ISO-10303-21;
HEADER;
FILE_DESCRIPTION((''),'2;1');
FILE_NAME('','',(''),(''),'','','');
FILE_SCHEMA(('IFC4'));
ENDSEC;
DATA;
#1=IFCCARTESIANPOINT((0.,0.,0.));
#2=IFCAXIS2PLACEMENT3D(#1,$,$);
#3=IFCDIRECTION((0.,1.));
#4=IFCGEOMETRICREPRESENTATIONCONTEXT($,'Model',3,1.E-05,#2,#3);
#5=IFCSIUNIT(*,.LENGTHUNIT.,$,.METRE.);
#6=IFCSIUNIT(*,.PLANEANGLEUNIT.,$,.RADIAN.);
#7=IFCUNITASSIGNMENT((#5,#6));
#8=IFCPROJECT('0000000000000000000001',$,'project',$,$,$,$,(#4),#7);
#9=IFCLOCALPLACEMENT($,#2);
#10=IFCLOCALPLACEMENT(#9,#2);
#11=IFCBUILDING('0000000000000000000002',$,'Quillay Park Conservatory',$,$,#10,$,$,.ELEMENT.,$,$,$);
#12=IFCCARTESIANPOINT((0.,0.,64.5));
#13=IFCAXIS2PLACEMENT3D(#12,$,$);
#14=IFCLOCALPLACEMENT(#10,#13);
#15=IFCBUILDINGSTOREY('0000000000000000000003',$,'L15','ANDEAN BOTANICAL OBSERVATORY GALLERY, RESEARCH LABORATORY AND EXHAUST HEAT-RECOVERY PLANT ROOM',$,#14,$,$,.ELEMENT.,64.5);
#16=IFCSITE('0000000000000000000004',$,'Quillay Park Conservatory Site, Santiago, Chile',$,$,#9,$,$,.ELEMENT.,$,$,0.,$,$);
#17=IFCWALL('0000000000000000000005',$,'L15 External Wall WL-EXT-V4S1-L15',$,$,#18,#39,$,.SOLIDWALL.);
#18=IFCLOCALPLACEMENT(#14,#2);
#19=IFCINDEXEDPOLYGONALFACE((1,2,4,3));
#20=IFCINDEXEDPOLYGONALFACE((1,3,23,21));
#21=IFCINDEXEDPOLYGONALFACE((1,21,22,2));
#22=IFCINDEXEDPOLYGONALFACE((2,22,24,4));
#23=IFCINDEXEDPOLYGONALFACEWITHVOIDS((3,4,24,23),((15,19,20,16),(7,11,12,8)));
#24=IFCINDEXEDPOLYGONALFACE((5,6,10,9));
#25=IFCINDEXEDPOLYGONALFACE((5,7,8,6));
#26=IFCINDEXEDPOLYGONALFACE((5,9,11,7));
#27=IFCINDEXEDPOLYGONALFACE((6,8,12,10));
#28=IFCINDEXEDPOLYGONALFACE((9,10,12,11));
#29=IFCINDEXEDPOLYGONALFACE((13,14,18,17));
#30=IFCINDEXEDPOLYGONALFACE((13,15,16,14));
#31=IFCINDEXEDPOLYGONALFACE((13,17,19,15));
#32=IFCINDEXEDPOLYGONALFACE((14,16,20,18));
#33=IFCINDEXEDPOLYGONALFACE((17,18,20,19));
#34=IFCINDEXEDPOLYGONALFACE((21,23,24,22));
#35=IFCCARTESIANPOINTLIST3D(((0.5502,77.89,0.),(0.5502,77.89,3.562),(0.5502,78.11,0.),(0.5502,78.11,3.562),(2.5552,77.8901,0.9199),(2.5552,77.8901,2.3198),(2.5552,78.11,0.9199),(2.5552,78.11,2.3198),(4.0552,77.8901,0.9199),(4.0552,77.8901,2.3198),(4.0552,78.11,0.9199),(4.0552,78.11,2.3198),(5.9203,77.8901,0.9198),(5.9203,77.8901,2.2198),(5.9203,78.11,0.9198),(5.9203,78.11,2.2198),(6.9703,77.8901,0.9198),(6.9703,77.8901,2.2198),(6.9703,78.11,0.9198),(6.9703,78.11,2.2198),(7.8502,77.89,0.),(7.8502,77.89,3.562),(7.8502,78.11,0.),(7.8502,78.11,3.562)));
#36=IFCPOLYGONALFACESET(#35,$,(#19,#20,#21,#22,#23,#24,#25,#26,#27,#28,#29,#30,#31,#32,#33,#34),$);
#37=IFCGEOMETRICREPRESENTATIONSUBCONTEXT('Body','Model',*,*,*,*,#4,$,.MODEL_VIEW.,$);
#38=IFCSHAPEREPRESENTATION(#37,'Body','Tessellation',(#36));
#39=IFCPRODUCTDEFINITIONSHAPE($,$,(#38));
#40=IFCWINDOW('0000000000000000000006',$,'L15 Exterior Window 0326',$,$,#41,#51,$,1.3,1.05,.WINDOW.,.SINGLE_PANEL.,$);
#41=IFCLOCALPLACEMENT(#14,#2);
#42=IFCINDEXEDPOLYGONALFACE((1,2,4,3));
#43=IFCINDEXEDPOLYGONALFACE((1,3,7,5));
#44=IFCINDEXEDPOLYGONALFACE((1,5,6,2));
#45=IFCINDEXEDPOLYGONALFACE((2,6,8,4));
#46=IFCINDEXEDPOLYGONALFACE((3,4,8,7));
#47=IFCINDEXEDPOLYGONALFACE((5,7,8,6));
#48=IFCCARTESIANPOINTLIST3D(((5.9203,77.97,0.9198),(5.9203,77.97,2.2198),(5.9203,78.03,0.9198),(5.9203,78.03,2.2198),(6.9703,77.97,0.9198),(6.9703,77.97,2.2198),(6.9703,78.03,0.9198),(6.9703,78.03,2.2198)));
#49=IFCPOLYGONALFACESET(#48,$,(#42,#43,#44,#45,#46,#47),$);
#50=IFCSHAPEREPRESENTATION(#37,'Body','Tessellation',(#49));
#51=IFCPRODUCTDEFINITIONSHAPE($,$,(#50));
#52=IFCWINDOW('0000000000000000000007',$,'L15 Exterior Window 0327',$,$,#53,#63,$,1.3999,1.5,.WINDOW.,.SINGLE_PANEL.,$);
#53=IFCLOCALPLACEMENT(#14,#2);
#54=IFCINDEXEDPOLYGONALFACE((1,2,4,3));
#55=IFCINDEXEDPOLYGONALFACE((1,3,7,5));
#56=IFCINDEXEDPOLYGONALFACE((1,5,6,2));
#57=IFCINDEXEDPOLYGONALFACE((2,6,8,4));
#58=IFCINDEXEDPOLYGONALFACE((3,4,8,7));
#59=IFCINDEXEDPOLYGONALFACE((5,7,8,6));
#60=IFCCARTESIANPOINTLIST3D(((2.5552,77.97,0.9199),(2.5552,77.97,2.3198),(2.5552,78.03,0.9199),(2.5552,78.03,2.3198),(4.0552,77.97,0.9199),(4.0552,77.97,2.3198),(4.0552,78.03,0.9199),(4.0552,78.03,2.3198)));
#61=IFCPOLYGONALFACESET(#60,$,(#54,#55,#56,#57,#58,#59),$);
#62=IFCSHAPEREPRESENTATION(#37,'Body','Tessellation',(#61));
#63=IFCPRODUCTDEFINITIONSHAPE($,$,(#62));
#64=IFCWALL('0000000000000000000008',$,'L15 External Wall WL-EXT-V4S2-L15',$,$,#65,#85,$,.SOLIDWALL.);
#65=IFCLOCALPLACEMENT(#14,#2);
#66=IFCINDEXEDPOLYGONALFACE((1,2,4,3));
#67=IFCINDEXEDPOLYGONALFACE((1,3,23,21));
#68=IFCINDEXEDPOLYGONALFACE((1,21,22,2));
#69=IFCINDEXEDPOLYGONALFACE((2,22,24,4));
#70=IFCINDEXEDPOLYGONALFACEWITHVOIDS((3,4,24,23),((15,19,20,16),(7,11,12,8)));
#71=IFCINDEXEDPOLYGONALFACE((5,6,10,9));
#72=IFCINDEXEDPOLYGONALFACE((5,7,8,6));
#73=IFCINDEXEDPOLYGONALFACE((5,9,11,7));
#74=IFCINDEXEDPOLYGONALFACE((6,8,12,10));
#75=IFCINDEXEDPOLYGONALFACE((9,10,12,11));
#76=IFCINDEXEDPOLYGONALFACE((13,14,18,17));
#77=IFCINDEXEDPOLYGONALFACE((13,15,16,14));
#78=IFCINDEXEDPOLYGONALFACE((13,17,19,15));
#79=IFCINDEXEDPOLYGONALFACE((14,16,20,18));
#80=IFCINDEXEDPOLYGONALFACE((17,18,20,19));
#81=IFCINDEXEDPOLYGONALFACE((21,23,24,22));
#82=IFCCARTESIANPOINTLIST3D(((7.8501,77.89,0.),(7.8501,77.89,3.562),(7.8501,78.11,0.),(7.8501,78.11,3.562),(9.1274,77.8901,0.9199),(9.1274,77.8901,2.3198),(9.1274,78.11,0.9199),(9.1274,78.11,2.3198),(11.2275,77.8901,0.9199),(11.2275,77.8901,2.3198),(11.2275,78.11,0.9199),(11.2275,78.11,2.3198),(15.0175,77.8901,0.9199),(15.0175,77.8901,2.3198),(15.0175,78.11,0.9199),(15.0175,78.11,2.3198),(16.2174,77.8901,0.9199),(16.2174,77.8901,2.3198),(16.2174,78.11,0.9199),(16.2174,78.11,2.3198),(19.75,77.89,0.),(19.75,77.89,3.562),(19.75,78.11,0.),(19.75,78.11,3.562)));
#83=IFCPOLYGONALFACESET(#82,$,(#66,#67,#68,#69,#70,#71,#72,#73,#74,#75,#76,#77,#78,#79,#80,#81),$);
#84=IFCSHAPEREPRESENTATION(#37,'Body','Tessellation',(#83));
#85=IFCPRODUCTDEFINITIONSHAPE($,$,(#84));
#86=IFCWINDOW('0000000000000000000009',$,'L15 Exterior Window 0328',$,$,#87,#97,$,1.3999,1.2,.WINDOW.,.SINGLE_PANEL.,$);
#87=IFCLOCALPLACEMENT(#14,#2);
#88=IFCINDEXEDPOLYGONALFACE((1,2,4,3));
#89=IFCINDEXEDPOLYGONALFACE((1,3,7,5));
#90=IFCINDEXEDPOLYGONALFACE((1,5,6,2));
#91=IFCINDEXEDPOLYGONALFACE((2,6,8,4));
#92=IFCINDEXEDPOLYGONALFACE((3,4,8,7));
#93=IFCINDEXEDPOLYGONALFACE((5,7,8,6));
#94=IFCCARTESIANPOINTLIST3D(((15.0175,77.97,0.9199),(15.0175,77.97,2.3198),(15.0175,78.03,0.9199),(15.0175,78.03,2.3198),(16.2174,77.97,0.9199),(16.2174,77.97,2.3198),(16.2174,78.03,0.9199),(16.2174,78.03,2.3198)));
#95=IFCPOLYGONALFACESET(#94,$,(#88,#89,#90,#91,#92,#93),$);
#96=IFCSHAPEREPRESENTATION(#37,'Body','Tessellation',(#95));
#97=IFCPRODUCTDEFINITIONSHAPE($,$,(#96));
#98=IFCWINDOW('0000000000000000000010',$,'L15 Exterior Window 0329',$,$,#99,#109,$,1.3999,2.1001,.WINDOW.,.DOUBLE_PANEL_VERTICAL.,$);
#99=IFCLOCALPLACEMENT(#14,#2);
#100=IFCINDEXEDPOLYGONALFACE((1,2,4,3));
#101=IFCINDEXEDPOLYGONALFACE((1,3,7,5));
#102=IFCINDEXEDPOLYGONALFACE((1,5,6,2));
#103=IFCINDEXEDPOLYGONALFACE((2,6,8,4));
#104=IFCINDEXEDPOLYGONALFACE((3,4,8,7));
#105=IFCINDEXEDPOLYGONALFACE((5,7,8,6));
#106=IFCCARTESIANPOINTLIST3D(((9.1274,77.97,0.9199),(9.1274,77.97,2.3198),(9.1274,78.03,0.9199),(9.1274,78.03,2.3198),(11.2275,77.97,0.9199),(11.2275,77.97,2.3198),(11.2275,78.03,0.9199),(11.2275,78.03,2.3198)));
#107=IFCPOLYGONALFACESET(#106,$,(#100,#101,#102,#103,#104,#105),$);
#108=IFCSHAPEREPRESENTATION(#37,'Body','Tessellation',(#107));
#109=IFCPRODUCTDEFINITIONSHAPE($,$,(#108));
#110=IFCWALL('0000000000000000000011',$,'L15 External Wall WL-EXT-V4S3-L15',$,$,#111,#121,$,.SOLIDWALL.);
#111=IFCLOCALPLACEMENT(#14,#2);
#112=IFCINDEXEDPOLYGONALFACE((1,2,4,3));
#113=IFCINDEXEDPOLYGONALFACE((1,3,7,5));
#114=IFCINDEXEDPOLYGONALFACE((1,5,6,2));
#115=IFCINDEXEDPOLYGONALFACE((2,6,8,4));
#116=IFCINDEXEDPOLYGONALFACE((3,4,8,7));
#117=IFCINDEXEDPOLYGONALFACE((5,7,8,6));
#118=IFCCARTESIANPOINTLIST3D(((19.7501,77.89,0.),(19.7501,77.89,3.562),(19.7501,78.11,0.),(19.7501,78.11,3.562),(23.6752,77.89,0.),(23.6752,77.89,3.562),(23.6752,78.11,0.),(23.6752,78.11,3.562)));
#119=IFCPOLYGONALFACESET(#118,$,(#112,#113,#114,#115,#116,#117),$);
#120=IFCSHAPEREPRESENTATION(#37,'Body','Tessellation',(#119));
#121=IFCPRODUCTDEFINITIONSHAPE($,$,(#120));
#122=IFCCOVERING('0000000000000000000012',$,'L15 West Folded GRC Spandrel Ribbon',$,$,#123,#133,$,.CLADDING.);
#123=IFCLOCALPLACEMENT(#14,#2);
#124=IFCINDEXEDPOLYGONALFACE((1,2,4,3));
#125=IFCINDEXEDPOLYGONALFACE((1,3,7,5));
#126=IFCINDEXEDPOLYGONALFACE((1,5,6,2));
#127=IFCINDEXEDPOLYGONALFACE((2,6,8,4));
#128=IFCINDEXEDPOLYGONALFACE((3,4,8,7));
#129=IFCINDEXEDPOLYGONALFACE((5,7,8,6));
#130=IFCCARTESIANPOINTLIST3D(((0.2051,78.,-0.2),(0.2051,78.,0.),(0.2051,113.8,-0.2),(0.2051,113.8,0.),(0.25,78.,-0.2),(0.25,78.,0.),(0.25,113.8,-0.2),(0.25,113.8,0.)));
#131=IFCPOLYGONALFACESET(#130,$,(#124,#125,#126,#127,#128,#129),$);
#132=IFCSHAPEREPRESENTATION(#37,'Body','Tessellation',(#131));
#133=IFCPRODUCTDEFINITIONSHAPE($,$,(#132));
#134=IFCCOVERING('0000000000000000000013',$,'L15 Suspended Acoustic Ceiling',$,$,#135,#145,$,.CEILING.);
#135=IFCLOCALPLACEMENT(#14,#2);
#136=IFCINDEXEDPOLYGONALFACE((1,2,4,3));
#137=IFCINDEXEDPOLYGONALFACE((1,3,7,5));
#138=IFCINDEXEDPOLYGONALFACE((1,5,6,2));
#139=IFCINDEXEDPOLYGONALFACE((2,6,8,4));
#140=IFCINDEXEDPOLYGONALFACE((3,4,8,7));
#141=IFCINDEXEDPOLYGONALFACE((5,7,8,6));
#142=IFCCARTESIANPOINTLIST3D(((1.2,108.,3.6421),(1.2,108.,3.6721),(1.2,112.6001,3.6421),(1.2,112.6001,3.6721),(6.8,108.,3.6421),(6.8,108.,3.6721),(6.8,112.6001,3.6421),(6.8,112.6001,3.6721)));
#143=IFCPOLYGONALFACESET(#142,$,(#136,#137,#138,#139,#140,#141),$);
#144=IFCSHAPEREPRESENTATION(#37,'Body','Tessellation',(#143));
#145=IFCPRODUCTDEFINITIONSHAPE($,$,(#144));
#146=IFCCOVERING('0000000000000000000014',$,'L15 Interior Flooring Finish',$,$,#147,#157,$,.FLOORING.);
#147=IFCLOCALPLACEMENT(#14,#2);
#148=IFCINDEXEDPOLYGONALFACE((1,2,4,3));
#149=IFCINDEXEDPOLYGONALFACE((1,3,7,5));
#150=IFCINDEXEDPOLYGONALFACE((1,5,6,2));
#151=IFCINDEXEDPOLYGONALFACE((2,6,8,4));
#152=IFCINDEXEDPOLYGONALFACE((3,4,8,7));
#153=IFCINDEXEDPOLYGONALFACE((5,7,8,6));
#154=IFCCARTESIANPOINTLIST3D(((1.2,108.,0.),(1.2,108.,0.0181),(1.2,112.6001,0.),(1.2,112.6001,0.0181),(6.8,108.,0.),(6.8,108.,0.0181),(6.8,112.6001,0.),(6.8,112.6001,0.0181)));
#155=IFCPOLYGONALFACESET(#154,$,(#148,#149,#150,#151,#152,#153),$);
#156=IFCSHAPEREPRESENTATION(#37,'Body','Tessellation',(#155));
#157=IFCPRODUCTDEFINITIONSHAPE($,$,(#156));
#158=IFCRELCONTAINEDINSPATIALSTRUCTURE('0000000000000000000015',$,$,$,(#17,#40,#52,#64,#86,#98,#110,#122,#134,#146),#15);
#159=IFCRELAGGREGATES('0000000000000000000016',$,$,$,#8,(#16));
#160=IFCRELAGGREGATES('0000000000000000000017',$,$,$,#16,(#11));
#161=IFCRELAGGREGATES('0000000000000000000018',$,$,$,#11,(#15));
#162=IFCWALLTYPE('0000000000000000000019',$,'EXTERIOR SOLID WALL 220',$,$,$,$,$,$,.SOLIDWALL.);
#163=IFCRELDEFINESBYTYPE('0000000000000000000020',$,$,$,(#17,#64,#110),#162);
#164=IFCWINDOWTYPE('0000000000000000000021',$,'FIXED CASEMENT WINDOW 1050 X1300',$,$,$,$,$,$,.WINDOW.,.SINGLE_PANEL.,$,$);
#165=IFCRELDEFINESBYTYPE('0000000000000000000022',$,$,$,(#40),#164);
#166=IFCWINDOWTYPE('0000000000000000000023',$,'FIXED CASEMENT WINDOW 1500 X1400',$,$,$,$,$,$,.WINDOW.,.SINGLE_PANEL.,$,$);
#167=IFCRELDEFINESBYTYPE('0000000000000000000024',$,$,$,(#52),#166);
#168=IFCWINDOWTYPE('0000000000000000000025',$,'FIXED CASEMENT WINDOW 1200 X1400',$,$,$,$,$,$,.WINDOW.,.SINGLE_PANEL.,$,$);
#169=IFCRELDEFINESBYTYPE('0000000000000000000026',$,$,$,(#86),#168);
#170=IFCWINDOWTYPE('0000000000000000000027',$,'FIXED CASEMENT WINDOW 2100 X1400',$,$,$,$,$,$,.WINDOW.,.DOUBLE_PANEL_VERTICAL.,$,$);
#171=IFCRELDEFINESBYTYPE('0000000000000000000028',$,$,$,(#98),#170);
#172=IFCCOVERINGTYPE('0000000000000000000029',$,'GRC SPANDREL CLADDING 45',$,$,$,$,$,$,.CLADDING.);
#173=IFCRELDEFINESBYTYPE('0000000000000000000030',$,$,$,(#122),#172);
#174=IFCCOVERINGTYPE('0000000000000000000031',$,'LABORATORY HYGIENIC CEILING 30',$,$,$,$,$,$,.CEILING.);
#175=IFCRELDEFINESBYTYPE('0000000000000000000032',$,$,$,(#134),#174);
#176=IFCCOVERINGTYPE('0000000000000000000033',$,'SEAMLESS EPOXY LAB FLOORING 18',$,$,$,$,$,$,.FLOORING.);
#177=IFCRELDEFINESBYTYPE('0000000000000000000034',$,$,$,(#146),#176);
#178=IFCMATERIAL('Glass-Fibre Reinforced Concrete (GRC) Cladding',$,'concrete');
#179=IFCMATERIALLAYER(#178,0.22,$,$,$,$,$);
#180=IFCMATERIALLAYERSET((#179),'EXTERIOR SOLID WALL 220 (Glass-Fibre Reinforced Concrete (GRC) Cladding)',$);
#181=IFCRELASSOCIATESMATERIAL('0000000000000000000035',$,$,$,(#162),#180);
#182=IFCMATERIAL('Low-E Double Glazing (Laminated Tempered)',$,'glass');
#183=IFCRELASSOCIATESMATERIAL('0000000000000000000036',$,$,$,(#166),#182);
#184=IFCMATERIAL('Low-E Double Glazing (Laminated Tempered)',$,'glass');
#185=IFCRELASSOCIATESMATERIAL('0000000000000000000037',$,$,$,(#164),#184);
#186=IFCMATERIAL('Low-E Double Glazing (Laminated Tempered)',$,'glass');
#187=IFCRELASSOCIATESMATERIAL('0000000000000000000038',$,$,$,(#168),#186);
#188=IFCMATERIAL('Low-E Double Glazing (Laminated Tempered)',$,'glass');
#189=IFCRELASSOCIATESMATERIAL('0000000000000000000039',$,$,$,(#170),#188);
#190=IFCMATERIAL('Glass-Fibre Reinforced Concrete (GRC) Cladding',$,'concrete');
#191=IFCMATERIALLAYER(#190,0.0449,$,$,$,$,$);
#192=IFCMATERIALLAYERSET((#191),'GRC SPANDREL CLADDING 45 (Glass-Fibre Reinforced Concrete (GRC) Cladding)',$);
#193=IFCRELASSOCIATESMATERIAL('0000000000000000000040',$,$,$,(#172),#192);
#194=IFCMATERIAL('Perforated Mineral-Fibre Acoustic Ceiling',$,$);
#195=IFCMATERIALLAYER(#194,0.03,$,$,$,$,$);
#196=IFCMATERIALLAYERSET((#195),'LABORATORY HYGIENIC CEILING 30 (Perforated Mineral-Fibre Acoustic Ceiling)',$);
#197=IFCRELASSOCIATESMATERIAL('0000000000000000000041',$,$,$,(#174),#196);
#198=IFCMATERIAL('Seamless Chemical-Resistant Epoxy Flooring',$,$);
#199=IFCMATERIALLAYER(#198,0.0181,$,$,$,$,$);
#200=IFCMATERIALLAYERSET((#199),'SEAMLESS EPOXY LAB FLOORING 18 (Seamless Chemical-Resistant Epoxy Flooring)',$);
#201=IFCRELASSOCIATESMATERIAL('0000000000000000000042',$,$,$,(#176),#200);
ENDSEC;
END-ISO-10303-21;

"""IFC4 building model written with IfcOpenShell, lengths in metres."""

from ifc_helpers import new_model, si_unit, direction, frame, frame_2d, origin, place, context, subcontext, project, spatial, polyline, rectangle, outline, extrude, material, layer, layer_set, type_object, element, fill, save


model = new_model("IFC4")

# Units and contexts
model_context = context("Model", 3, precision=1e-05, world=origin(), true_north=direction((0.0, 1.0)))
body_context = subcontext(model_context, "Body", "Model", "MODEL_VIEW")
ifc_project = project(units=[si_unit("LENGTHUNIT", "METRE"), si_unit("PLANEANGLEUNIT", "RADIAN")], contexts=[model_context])

# Site, building, storey
site_placement = place(None, origin())
site = spatial("IfcSite", under=ifc_project, at=site_placement, Name="Quillay Park Conservatory Site, Santiago, Chile", CompositionType="ELEMENT", RefElevation=0.0)
building_placement = place(site_placement, origin())
building = spatial("IfcBuilding", under=site, at=building_placement, Name="Quillay Park Conservatory", CompositionType="ELEMENT")
storey_placement = place(building_placement, frame((0.0, 0.0, 64.5)))
storey = spatial("IfcBuildingStorey", under=building, at=storey_placement, Name="L15", Description="ANDEAN BOTANICAL OBSERVATORY GALLERY, RESEARCH LABORATORY AND EXHAUST HEAT-RECOVERY PLANT ROOM", CompositionType="ELEMENT", Elevation=64.5)

# Walls, openings, windows
ifc_material_1 = material(Name="Glass-Fibre Reinforced Concrete (GRC) Cladding", Category="concrete")
ifc_layer_1 = layer(ifc_material_1, 0.22)
ifc_layer_set_1 = layer_set([ifc_layer_1], Name="EXTERIOR SOLID WALL 220 (Glass-Fibre Reinforced Concrete (GRC) Cladding)")
wall_type_1 = type_object("IfcWallType", Name="EXTERIOR SOLID WALL 220", PredefinedType="SOLIDWALL", material=ifc_layer_set_1)
ifc_material_2 = material(Name="Low-E Double Glazing (Laminated Tempered)", Category="glass")
window_type_1 = type_object("IfcWindowType", Name="FIXED CASEMENT WINDOW 1500 X1400", PartitioningType="SINGLE_PANEL", PredefinedType="WINDOW", material=ifc_material_2)
wall_1_placement = place(storey_placement, frame((7.8501, 78.0, 0.0), z_axis=(0.0, 0.0, 1.0), x_axis=(-1.0, 0.0, 0.0)))
wall_1 = element("IfcWall", 1, at=wall_1_placement, inside=storey, type_object=wall_type_1, Name="L15 External Wall WL-EXT-V4S1-L15", PredefinedType="SOLIDWALL", context=body_context, shape_type="SweptSolid", body=[
    extrude(rectangle(XDim=7.3, YDim=0.22, at=frame_2d((3.6499, 0.0))), origin(), (0.0, 0.0, 1.0), 3.562),
])
opening_1_placement = place(wall_1_placement, frame((0.8799, 0.0, 0.9199)))
opening_1 = element("IfcOpeningElement", 2, at=opening_1_placement, cuts=wall_1, PredefinedType="OPENING", context=body_context, shape_type="SweptSolid", body=[
    extrude(rectangle(XDim=1.05, YDim=1.3, at=frame_2d((0.5249, 0.6499))), frame((0.0, 0.1099, 0.0), z_axis=(0.0, -1.0, 0.0), x_axis=(1.0, 0.0, 0.0)), (0.0, 0.0, 1.0), 0.22),
])
opening_2_placement = place(wall_1_placement, frame((3.7949, 0.0, 0.9199)))
opening_2 = element("IfcOpeningElement", 3, at=opening_2_placement, cuts=wall_1, PredefinedType="OPENING", context=body_context, shape_type="SweptSolid", body=[
    extrude(rectangle(XDim=1.5, YDim=1.3999, at=frame_2d((0.75, 0.7))), frame((0.0, 0.1099, 0.0), z_axis=(0.0, -1.0, 0.0), x_axis=(1.0, 0.0, 0.0)), (0.0, 0.0, 1.0), 0.22),
])
ifc_material_3 = material(Name="Low-E Double Glazing (Laminated Tempered)", Category="glass")
window_type_2 = type_object("IfcWindowType", Name="FIXED CASEMENT WINDOW 1050 X1300", PartitioningType="SINGLE_PANEL", PredefinedType="WINDOW", material=ifc_material_3)
window_1_placement = place(opening_1_placement, origin())
window_1 = element("IfcWindow", 4, at=window_1_placement, inside=storey, type_object=window_type_2, Name="L15 Exterior Window 0326", OverallHeight=1.3, OverallWidth=1.05, PartitioningType="SINGLE_PANEL", PredefinedType="WINDOW", context=body_context, shape_type="SweptSolid", body=[
    extrude(rectangle(XDim=1.05, YDim=1.3, at=frame_2d((0.5249, 0.6499))), frame((0.0, 0.03, 0.0), z_axis=(0.0, -1.0, 0.0), x_axis=(1.0, 0.0, 0.0)), (0.0, 0.0, 1.0), 0.0601),
])
fill(opening_1, window_1)
window_2_placement = place(opening_2_placement, origin())
window_2 = element("IfcWindow", 5, at=window_2_placement, inside=storey, type_object=window_type_1, Name="L15 Exterior Window 0327", OverallHeight=1.3999, OverallWidth=1.5, PartitioningType="SINGLE_PANEL", PredefinedType="WINDOW", context=body_context, shape_type="SweptSolid", body=[
    extrude(rectangle(XDim=1.5, YDim=1.3999, at=frame_2d((0.75, 0.7))), frame((0.0, 0.03, 0.0), z_axis=(0.0, -1.0, 0.0), x_axis=(1.0, 0.0, 0.0)), (0.0, 0.0, 1.0), 0.0601),
])
fill(opening_2, window_2)
wall_2_placement = place(storey_placement, frame((19.75, 78.0, 0.0), z_axis=(0.0, 0.0, 1.0), x_axis=(-1.0, 0.0, 0.0)))
wall_2 = element("IfcWall", 6, at=wall_2_placement, inside=storey, type_object=wall_type_1, Name="L15 External Wall WL-EXT-V4S2-L15", PredefinedType="SOLIDWALL", context=body_context, shape_type="SweptSolid", body=[
    extrude(rectangle(XDim=11.8999, YDim=0.22, at=frame_2d((5.95, 0.0))), origin(), (0.0, 0.0, 1.0), 3.562),
])
opening_3_placement = place(wall_2_placement, frame((3.5325, 0.0, 0.9199)))
opening_3 = element("IfcOpeningElement", 7, at=opening_3_placement, cuts=wall_2, PredefinedType="OPENING", context=body_context, shape_type="SweptSolid", body=[
    extrude(rectangle(XDim=1.2, YDim=1.3999, at=frame_2d((0.6001, 0.7))), frame((0.0, 0.1099, 0.0), z_axis=(0.0, -1.0, 0.0), x_axis=(1.0, 0.0, 0.0)), (0.0, 0.0, 1.0), 0.22),
])
opening_4_placement = place(wall_2_placement, frame((8.5225, 0.0, 0.9199)))
opening_4 = element("IfcOpeningElement", 8, at=opening_4_placement, cuts=wall_2, PredefinedType="OPENING", context=body_context, shape_type="SweptSolid", body=[
    extrude(rectangle(XDim=2.1001, YDim=1.3999, at=frame_2d((1.05, 0.7))), frame((0.0, 0.1099, 0.0), z_axis=(0.0, -1.0, 0.0), x_axis=(1.0, 0.0, 0.0)), (0.0, 0.0, 1.0), 0.22),
])
ifc_material_4 = material(Name="Low-E Double Glazing (Laminated Tempered)", Category="glass")
window_type_3 = type_object("IfcWindowType", Name="FIXED CASEMENT WINDOW 1200 X1400", PartitioningType="SINGLE_PANEL", PredefinedType="WINDOW", material=ifc_material_4)
window_3_placement = place(opening_3_placement, origin())
window_3 = element("IfcWindow", 9, at=window_3_placement, inside=storey, type_object=window_type_3, Name="L15 Exterior Window 0328", OverallHeight=1.3999, OverallWidth=1.2, PartitioningType="SINGLE_PANEL", PredefinedType="WINDOW", context=body_context, shape_type="SweptSolid", body=[
    extrude(rectangle(XDim=1.2, YDim=1.3999, at=frame_2d((0.6001, 0.7))), frame((0.0, 0.03, 0.0), z_axis=(0.0, -1.0, 0.0), x_axis=(1.0, 0.0, 0.0)), (0.0, 0.0, 1.0), 0.0601),
])
fill(opening_3, window_3)
ifc_material_5 = material(Name="Low-E Double Glazing (Laminated Tempered)", Category="glass")
window_type_4 = type_object("IfcWindowType", Name="FIXED CASEMENT WINDOW 2100 X1400", PartitioningType="DOUBLE_PANEL_VERTICAL", PredefinedType="WINDOW", material=ifc_material_5)
window_4_placement = place(opening_4_placement, origin())
window_4 = element("IfcWindow", 10, at=window_4_placement, inside=storey, type_object=window_type_4, Name="L15 Exterior Window 0329", OverallHeight=1.3999, OverallWidth=2.1001, PartitioningType="DOUBLE_PANEL_VERTICAL", PredefinedType="WINDOW", context=body_context, shape_type="SweptSolid", body=[
    extrude(rectangle(XDim=2.1001, YDim=1.3999, at=frame_2d((1.05, 0.7))), frame((0.0, 0.03, 0.0), z_axis=(0.0, -1.0, 0.0), x_axis=(1.0, 0.0, 0.0)), (0.0, 0.0, 1.0), 0.0601),
])
fill(opening_4, window_4)

# Wall
wall_3_placement = place(storey_placement, frame((23.675, 78.0, 0.0), z_axis=(0.0, 0.0, 1.0), x_axis=(-1.0, 0.0, 0.0)))
element("IfcWall", 11, at=wall_3_placement, inside=storey, type_object=wall_type_1, Name="L15 External Wall WL-EXT-V4S3-L15", PredefinedType="SOLIDWALL", context=body_context, shape_type="SweptSolid", body=[
    extrude(rectangle(XDim=3.925, YDim=0.22, at=frame_2d((1.9624, 0.0))), origin(), (0.0, 0.0, 1.0), 3.562),
])

# Coverings
ifc_material_6 = material(Name="Glass-Fibre Reinforced Concrete (GRC) Cladding", Category="concrete")
ifc_layer_2 = layer(ifc_material_6, 0.0449)
ifc_layer_set_2 = layer_set([ifc_layer_2], Name="GRC SPANDREL CLADDING 45 (Glass-Fibre Reinforced Concrete (GRC) Cladding)")
covering_type_1 = type_object("IfcCoveringType", Name="GRC SPANDREL CLADDING 45", PredefinedType="CLADDING", material=ifc_layer_set_2)
covering_1_placement = place(storey_placement, frame((0.0, 0.0, -0.2)))
element("IfcCovering", 12, at=covering_1_placement, inside=storey, type_object=covering_type_1, Name="L15 West Folded GRC Spandrel Ribbon", PredefinedType="CLADDING", context=body_context, shape_type="SweptSolid", body=[
    extrude(outline(polyline([(0.2051, 78.0), (0.25, 78.0), (0.25, 113.8), (0.2051, 113.8), (0.2051, 78.0)])), origin(), (0.0, 0.0, 1.0), 0.2),
])
ifc_material_7 = material(Name="Perforated Mineral-Fibre Acoustic Ceiling")
ifc_layer_3 = layer(ifc_material_7, 0.03)
ifc_layer_set_3 = layer_set([ifc_layer_3], Name="LABORATORY HYGIENIC CEILING 30 (Perforated Mineral-Fibre Acoustic Ceiling)")
covering_type_2 = type_object("IfcCoveringType", Name="LABORATORY HYGIENIC CEILING 30", PredefinedType="CEILING", material=ifc_layer_set_3)
covering_2_placement = place(storey_placement, frame((0.0, 0.0, 3.6421)))
element("IfcCovering", 13, at=covering_2_placement, inside=storey, type_object=covering_type_2, Name="L15 Suspended Acoustic Ceiling", PredefinedType="CEILING", context=body_context, shape_type="SweptSolid", body=[
    extrude(outline(polyline([(1.2, 108.0), (6.8, 108.0), (6.8, 112.6001), (1.2, 112.6001), (1.2, 108.0)])), origin(), (0.0, 0.0, 1.0), 0.03),
])
ifc_material_8 = material(Name="Seamless Chemical-Resistant Epoxy Flooring")
ifc_layer_4 = layer(ifc_material_8, 0.0181)
ifc_layer_set_4 = layer_set([ifc_layer_4], Name="SEAMLESS EPOXY LAB FLOORING 18 (Seamless Chemical-Resistant Epoxy Flooring)")
covering_type_3 = type_object("IfcCoveringType", Name="SEAMLESS EPOXY LAB FLOORING 18", PredefinedType="FLOORING", material=ifc_layer_set_4)
covering_3_placement = place(storey_placement, origin())
element("IfcCovering", 14, at=covering_3_placement, inside=storey, type_object=covering_type_3, Name="L15 Interior Flooring Finish", PredefinedType="FLOORING", context=body_context, shape_type="SweptSolid", body=[
    extrude(outline(polyline([(1.2, 108.0), (6.8, 108.0), (6.8, 112.6001), (1.2, 112.6001), (1.2, 108.0)])), origin(), (0.0, 0.0, 1.0), 0.0181),
])

save(model, "model.ifc")
